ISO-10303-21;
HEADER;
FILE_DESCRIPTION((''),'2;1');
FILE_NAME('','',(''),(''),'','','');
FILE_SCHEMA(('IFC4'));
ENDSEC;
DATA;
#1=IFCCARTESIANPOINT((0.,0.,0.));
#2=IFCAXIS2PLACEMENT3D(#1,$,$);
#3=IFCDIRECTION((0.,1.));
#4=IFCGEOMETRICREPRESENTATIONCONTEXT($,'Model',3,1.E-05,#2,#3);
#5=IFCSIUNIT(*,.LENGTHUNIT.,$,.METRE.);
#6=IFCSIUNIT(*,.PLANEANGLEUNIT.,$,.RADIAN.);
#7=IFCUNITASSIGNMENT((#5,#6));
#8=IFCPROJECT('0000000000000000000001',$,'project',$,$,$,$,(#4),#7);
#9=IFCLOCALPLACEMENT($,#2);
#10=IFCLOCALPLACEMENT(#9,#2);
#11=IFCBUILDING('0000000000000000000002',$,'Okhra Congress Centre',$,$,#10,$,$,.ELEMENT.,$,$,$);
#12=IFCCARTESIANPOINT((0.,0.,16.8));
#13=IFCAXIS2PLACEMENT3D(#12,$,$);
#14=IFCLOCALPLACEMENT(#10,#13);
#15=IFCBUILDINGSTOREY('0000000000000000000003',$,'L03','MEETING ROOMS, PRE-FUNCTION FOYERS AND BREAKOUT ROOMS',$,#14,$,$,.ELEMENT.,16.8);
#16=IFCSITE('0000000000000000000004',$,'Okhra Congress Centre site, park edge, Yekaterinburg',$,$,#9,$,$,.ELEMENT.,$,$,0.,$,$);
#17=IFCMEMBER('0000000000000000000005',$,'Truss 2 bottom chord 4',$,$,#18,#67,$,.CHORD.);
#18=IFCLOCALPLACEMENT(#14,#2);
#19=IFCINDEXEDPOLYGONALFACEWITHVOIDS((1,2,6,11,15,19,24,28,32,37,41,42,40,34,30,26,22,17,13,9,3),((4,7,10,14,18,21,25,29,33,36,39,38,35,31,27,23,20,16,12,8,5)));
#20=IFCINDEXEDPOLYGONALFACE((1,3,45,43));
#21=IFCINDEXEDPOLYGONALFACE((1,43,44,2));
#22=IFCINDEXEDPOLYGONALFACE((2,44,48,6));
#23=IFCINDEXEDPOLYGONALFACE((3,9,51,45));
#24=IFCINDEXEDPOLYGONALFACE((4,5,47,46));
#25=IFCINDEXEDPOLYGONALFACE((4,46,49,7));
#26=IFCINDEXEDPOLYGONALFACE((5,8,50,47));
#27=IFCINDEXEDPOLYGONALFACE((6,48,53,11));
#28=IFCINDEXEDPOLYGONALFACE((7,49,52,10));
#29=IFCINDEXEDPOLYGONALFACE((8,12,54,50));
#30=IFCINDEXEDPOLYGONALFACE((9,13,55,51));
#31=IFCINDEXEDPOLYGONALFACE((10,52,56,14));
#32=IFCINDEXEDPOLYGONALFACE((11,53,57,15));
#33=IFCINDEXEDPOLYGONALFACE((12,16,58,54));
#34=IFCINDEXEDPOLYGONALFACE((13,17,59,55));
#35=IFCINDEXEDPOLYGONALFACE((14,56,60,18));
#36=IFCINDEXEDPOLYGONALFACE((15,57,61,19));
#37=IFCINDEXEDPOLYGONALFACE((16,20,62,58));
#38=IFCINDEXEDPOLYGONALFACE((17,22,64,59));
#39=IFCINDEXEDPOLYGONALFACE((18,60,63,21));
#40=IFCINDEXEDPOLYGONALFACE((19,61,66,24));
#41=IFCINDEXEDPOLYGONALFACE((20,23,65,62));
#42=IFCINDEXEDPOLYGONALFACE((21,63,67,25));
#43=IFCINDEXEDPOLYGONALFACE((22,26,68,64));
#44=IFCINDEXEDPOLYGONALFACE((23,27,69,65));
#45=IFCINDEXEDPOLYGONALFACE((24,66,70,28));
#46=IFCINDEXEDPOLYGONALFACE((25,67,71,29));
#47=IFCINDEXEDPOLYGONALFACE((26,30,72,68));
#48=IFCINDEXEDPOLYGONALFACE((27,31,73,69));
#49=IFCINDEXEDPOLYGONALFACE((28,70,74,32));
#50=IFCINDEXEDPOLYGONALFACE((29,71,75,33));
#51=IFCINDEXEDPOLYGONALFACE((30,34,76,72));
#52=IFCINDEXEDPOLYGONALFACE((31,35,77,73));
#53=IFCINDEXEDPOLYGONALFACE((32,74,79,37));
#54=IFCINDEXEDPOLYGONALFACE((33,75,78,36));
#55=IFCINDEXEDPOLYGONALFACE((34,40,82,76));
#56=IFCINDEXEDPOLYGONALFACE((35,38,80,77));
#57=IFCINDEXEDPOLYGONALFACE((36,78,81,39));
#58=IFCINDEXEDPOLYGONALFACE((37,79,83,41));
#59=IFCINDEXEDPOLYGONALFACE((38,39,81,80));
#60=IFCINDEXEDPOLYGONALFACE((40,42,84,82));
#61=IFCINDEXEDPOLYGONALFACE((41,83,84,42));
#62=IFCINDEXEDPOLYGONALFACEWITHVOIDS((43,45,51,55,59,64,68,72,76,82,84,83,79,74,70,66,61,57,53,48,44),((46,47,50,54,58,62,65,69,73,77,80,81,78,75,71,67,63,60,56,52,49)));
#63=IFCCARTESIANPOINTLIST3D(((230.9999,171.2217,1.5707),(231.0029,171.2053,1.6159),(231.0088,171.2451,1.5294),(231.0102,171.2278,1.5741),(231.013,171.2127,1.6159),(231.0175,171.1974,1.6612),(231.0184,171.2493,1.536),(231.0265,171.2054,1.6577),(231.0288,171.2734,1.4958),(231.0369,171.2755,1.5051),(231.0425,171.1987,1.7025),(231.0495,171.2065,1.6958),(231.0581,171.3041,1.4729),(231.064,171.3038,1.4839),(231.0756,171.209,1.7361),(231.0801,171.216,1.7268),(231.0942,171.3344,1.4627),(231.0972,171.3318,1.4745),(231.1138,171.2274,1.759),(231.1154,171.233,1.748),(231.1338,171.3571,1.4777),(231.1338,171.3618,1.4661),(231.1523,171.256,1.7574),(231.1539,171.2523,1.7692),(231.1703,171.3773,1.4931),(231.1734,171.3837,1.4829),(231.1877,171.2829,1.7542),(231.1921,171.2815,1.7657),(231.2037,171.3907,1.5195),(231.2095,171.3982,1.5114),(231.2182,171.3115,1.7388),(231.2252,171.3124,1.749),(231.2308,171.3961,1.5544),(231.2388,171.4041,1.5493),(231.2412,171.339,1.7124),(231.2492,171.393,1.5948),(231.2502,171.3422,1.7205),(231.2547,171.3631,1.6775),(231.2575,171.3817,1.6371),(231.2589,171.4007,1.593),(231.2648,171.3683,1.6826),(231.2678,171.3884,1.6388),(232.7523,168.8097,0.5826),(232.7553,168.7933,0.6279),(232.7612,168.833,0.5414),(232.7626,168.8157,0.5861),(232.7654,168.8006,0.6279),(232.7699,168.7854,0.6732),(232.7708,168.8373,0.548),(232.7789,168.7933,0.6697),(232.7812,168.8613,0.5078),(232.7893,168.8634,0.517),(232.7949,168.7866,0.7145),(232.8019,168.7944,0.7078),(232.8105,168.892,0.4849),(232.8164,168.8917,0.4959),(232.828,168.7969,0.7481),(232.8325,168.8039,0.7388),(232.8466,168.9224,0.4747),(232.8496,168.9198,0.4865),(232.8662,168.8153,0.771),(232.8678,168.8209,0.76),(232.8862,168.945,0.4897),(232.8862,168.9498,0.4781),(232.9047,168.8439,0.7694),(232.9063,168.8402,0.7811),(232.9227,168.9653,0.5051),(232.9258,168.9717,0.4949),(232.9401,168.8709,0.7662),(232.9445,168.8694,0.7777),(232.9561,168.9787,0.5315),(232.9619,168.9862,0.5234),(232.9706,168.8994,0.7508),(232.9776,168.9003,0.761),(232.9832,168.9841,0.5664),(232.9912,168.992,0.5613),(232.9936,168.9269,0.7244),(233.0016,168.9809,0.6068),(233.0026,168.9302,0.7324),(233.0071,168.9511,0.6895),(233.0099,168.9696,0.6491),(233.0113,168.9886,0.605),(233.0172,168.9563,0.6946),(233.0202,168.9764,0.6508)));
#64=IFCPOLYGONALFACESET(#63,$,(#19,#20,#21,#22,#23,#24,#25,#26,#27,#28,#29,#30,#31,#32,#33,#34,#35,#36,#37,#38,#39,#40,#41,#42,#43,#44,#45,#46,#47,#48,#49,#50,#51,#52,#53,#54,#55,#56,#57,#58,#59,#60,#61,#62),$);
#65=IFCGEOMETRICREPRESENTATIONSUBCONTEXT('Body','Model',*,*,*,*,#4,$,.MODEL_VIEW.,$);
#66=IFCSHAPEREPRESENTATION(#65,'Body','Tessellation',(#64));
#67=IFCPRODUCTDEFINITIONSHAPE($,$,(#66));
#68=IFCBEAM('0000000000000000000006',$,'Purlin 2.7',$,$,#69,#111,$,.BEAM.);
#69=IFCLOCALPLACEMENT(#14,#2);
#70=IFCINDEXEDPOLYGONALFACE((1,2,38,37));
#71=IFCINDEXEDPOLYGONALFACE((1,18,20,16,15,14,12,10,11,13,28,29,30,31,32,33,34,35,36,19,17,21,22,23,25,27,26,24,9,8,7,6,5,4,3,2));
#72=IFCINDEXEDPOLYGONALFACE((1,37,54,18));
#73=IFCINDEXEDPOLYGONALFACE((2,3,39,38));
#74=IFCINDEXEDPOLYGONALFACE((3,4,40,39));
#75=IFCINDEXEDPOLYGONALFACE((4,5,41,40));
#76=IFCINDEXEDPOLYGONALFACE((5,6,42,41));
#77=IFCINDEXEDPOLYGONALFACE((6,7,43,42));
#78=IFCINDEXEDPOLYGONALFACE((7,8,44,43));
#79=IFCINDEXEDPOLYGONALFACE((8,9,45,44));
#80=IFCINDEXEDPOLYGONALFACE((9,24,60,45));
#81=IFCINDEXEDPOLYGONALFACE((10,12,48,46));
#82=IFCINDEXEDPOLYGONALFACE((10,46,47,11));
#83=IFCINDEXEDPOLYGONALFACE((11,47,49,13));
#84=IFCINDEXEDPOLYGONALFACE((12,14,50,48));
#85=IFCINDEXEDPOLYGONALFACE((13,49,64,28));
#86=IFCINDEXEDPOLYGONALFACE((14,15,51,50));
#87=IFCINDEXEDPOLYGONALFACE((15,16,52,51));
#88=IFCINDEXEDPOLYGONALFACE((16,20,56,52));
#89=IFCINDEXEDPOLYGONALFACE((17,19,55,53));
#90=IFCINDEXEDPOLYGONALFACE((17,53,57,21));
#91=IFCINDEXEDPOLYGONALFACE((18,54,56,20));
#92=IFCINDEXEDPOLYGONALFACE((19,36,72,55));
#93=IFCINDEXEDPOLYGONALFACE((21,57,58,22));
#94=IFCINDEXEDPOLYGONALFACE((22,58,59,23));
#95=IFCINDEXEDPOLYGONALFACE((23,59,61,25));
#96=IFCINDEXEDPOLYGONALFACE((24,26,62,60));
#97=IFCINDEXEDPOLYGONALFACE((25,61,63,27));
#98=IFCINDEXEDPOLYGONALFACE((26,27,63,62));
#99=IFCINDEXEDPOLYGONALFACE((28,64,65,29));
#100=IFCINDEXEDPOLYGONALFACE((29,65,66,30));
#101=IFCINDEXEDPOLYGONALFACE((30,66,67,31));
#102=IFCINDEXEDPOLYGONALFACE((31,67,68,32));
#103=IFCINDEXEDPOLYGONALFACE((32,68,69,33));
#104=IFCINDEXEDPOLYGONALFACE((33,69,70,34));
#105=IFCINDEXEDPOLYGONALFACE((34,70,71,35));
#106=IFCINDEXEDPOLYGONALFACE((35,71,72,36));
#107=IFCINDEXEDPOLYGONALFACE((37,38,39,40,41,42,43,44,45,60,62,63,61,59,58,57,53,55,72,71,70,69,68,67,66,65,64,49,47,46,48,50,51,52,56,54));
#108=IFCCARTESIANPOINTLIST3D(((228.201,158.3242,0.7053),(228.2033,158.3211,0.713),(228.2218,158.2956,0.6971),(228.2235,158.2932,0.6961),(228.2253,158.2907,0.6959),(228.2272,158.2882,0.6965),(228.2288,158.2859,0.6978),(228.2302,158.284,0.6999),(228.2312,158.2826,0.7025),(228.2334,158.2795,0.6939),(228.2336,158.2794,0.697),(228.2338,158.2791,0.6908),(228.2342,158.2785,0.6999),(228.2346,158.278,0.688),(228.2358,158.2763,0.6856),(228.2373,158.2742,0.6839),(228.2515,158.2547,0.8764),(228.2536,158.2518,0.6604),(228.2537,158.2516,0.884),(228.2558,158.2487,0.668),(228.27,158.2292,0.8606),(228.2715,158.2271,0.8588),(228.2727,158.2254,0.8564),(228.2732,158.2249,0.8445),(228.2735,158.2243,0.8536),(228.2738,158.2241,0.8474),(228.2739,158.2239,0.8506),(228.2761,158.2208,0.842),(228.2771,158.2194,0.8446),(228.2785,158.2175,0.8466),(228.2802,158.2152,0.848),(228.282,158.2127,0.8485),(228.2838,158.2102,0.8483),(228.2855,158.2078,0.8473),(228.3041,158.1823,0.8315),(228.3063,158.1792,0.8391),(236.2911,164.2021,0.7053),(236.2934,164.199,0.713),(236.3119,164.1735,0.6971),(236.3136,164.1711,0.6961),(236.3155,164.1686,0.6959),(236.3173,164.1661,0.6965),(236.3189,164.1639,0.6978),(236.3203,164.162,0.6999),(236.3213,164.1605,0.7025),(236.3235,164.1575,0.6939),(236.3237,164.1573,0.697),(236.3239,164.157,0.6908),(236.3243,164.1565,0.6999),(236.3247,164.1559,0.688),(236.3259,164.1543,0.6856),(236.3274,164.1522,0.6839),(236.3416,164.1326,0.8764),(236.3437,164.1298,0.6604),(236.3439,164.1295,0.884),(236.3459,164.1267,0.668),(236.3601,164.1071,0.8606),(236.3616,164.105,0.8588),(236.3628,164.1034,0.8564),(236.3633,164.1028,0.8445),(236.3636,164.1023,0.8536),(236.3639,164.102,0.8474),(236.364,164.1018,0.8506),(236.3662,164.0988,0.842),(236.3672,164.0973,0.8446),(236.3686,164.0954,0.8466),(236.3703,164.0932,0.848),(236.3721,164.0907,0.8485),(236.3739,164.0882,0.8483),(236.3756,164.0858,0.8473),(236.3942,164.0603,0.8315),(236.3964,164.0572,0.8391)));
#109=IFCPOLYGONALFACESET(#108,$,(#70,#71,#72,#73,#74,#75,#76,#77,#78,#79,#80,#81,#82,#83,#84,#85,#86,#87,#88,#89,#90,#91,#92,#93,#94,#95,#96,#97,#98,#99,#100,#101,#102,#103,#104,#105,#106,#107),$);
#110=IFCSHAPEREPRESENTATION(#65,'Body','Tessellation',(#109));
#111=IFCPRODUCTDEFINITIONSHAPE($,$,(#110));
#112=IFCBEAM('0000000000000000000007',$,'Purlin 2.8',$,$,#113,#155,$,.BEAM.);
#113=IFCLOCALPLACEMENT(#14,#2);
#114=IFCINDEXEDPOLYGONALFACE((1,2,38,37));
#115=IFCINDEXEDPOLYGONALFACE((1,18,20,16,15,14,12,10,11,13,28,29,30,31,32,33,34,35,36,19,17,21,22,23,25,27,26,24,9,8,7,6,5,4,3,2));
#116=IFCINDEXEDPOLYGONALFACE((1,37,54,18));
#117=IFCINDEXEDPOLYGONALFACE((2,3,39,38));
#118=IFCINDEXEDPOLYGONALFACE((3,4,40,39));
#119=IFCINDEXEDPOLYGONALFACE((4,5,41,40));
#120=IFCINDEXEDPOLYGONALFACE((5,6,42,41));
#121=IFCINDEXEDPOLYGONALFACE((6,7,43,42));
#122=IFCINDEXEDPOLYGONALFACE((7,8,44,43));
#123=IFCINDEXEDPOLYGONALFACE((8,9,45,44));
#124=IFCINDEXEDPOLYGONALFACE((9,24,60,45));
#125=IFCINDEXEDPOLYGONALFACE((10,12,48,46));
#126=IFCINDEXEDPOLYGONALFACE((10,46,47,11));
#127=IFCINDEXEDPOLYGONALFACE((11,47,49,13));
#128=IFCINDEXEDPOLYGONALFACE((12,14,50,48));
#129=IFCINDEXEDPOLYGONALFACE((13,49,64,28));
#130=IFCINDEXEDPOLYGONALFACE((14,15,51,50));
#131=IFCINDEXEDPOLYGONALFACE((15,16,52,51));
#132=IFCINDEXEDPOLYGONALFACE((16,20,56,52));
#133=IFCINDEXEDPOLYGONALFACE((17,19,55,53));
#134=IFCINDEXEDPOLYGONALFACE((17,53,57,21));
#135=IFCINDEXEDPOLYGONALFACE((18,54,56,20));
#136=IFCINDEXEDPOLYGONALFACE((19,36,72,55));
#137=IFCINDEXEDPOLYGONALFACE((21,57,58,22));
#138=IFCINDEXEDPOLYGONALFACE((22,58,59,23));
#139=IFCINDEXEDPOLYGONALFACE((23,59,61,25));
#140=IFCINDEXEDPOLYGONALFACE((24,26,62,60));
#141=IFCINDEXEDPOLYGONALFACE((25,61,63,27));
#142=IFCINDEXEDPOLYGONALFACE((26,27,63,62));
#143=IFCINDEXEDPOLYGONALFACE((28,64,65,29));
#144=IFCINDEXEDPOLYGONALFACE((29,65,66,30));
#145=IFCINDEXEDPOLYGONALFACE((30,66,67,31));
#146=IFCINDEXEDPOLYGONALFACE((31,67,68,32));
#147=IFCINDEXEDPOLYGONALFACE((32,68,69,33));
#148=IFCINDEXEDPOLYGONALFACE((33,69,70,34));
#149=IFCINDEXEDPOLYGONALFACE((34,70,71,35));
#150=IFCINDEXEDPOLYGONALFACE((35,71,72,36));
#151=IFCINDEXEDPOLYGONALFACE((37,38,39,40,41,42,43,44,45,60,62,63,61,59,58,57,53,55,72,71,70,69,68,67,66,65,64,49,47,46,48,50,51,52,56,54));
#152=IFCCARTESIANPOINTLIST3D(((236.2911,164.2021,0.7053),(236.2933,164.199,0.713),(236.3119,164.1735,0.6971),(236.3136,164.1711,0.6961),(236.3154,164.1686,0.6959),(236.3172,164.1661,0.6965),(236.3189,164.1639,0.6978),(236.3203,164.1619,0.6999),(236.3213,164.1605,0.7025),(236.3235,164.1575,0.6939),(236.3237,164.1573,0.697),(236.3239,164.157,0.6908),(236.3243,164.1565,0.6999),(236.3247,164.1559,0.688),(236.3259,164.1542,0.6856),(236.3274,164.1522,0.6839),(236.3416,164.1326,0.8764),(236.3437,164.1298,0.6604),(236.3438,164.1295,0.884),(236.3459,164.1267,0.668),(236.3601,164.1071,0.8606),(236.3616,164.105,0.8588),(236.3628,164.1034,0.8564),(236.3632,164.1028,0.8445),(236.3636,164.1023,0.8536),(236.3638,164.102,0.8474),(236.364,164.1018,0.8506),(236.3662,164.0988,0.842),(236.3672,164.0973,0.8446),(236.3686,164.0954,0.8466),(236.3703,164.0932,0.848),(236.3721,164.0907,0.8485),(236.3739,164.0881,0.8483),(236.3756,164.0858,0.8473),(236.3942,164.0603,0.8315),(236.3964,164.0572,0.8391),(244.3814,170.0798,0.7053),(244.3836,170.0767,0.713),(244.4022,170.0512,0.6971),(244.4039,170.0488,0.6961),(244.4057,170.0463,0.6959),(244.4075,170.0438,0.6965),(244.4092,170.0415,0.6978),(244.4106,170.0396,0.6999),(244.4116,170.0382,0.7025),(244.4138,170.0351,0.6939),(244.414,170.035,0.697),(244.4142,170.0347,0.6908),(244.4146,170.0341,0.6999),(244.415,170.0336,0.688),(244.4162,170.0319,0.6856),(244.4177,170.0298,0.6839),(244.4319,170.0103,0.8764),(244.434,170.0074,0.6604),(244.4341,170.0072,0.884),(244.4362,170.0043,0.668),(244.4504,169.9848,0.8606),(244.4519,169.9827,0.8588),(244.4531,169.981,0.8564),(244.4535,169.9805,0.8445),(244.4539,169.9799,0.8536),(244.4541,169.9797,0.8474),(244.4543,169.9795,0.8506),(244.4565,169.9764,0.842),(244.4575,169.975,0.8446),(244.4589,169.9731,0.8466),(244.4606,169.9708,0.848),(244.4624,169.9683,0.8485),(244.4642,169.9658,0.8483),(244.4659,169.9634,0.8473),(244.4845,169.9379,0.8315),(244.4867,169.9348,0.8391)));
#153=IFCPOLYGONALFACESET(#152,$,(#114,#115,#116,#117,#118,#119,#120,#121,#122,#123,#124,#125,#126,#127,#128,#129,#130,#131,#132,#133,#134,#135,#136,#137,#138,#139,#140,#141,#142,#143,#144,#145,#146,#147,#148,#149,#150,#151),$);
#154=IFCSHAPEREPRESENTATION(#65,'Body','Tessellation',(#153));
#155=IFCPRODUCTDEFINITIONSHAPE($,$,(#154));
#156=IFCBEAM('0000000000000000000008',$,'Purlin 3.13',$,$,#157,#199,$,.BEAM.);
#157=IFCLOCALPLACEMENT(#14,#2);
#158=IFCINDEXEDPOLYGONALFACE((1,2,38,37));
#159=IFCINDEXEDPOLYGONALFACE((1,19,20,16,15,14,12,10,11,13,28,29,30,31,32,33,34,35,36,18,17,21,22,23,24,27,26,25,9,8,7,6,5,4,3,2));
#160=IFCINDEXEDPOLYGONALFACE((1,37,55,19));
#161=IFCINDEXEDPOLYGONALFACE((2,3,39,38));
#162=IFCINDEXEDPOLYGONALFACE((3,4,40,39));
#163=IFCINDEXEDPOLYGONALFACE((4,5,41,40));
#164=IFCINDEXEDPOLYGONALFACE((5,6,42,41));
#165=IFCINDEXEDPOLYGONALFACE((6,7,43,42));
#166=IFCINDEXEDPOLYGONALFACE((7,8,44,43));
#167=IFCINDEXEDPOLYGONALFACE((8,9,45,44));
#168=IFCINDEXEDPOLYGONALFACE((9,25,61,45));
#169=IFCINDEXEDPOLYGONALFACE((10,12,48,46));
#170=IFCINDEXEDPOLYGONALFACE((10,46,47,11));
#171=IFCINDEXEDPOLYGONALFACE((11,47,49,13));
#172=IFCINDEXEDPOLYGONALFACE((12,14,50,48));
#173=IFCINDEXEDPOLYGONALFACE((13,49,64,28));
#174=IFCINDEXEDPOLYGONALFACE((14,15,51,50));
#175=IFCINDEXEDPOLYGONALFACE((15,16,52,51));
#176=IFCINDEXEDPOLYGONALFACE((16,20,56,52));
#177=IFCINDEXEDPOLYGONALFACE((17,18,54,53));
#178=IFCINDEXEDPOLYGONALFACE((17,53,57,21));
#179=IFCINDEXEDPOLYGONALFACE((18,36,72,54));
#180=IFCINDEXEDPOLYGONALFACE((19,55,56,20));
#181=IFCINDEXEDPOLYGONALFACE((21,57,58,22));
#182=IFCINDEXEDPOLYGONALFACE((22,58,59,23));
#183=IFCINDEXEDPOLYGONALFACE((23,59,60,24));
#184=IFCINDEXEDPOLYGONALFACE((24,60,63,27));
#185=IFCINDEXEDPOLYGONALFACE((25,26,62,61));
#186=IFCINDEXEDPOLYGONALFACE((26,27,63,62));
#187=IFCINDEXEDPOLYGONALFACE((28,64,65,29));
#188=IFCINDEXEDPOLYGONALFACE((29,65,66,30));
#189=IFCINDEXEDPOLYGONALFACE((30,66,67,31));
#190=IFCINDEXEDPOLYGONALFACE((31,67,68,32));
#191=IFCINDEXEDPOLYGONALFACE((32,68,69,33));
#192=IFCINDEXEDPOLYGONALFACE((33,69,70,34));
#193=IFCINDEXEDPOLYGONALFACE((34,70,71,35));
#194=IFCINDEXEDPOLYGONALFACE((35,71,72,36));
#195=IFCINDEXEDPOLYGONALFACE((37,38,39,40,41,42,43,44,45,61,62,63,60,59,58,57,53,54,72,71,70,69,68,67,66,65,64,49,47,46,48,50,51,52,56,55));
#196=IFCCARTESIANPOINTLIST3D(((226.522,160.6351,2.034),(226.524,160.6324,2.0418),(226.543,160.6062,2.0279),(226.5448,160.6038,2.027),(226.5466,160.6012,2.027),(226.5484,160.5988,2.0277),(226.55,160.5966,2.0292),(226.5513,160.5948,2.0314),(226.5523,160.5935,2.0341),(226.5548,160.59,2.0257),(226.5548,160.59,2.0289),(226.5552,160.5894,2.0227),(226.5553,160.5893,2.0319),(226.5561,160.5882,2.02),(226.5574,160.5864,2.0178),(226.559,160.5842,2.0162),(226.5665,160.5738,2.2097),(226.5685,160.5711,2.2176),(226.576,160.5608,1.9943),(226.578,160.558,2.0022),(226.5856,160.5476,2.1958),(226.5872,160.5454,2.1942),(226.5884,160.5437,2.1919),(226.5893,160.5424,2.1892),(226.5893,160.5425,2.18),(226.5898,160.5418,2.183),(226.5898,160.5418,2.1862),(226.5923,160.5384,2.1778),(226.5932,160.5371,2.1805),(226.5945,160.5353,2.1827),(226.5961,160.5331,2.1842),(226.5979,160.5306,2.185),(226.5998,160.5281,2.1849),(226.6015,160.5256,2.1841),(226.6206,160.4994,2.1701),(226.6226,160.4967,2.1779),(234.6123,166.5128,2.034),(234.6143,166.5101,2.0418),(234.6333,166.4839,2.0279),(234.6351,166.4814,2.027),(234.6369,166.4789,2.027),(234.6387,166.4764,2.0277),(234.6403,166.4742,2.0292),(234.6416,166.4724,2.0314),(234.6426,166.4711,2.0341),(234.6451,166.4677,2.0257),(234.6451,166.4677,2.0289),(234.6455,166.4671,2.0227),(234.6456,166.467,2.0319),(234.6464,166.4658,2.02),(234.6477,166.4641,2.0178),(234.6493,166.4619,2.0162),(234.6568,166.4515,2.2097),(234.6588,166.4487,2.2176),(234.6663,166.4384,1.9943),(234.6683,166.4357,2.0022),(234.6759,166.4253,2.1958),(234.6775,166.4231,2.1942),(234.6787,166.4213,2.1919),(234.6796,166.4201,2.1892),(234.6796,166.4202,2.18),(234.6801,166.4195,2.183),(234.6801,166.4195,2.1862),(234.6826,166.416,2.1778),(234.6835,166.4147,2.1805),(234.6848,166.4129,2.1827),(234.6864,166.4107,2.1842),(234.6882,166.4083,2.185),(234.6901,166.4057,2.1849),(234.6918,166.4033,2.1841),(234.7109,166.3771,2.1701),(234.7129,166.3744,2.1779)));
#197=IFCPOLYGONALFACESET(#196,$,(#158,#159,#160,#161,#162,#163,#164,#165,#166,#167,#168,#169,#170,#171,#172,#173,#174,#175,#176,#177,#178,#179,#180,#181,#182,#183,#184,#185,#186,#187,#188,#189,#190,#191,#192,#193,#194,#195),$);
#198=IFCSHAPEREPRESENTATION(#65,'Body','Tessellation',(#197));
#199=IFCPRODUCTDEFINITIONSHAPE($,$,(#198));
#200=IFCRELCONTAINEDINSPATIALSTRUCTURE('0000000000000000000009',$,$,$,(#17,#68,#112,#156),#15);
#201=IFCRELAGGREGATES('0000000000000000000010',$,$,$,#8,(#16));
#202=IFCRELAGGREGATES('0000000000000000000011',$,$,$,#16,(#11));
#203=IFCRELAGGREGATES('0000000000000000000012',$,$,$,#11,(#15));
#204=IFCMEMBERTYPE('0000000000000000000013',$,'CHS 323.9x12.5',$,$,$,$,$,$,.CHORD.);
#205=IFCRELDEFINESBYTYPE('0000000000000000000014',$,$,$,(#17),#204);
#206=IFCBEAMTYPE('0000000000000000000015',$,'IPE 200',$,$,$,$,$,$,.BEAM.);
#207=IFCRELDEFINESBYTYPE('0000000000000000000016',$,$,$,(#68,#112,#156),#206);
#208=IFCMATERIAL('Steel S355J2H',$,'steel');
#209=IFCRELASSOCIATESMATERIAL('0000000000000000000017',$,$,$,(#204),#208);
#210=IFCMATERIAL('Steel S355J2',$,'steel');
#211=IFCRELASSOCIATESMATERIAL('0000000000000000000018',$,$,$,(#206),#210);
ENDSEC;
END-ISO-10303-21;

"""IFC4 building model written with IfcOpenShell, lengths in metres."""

from ifc_helpers import new_model, si_unit, direction, frame, origin, origin_2d, place, context, subcontext, project, spatial, hollow_circle, i_section, extrude, material, material_profile, profile_set, type_object, element, save


model = new_model("IFC4")

# Units and contexts
model_context = context("Model", 3, precision=1e-05, world=origin(), true_north=direction((0.0, 1.0)))
body_context = subcontext(model_context, "Body", "Model", "MODEL_VIEW")
ifc_project = project(units=[si_unit("LENGTHUNIT", "METRE"), si_unit("PLANEANGLEUNIT", "RADIAN")], contexts=[model_context])

# Site, building, storey
site_placement = place(None, origin())
site = spatial("IfcSite", under=ifc_project, at=site_placement, Name="Okhra Congress Centre site, park edge, Yekaterinburg", CompositionType="ELEMENT", RefElevation=0.0)
building_placement = place(site_placement, origin())
building = spatial("IfcBuilding", under=site, at=building_placement, Name="Okhra Congress Centre", CompositionType="ELEMENT")
storey_placement = place(building_placement, frame((0.0, 0.0, 16.8)))
storey = spatial("IfcBuildingStorey", under=building, at=storey_placement, Name="L03", Description="MEETING ROOMS, PRE-FUNCTION FOYERS AND BREAKOUT ROOMS", CompositionType="ELEMENT", Elevation=16.8)

# Member
ifc_material_1 = material(Name="Steel S355J2H", Category="steel")
ifc_material_profile_1 = material_profile(ifc_material_1, hollow_circle(Radius=0.1619, WallThickness=0.0125, at=origin_2d()), Name="CHS 323.9x12.5")
ifc_profile_set_1 = profile_set([ifc_material_profile_1], Name="Steel S355J2H")
member_type_1 = type_object("IfcMemberType", Name="CHS 323.9x12.5", PredefinedType="CHORD", material=ifc_profile_set_1)
member_1_placement = place(storey_placement, frame((232.8862, 168.8884, 0.6279), z_axis=(-0.557934, 0.767956, 0.314567), x_axis=(-0.809026, -0.587772, 0.0)))
element("IfcMember", 1, at=member_1_placement, inside=storey, type_object=member_type_1, Name="Truss 2 bottom chord 4", PredefinedType="CHORD", context=body_context, shape_type="SweptSolid", body=[
    extrude(hollow_circle(Radius=0.1619, WallThickness=0.0125, at=origin_2d()), origin(), (0.0, 0.0, 1.0), 3.1409),
])

# Beams
ifc_material_2 = material(Name="Steel S355J2", Category="steel")
ifc_material_profile_2 = material_profile(ifc_material_2, i_section(OverallWidth=0.1001, OverallDepth=0.2, WebThickness=0.0056, FlangeThickness=0.0085, FilletRadius=0.012, at=origin_2d()), Name="IPE 200")
ifc_profile_set_2 = profile_set([ifc_material_profile_2], Name="Steel S355J2")
beam_type = type_object("IfcBeamType", Name="IPE 200", PredefinedType="BEAM", material=ifc_profile_set_2)
for number, where, z_axis, x_axis, name in (
    (2, (228.2537, 158.2517, 0.7722), (0.80901, 0.587794, 0.0), (-0.525272, 0.722958, 0.448799), "Purlin 2.7"),
    (3, (236.3438, 164.1296, 0.7722), (0.809031, 0.587767, 0.0), (-0.525247, 0.722976, 0.448799), "Purlin 2.8"),
    (4, (226.5723, 160.5659, 2.106), (0.809031, 0.587767, 0.0), (-0.539697, 0.742865, 0.39608), "Purlin 3.13"),
):
    element("IfcBeam", number, at=place(storey_placement, frame(where, z_axis=z_axis, x_axis=x_axis)), inside=storey, type_object=beam_type, Name=name, PredefinedType="BEAM", context=body_context, shape_type="SweptSolid", body=[
        extrude(i_section(OverallWidth=0.1001, OverallDepth=0.2, WebThickness=0.0056, FlangeThickness=0.0085, FilletRadius=0.012, at=origin_2d()), origin(), (0.0, 0.0, 1.0), 10.0),
    ])

save(model, "model.ifc")
